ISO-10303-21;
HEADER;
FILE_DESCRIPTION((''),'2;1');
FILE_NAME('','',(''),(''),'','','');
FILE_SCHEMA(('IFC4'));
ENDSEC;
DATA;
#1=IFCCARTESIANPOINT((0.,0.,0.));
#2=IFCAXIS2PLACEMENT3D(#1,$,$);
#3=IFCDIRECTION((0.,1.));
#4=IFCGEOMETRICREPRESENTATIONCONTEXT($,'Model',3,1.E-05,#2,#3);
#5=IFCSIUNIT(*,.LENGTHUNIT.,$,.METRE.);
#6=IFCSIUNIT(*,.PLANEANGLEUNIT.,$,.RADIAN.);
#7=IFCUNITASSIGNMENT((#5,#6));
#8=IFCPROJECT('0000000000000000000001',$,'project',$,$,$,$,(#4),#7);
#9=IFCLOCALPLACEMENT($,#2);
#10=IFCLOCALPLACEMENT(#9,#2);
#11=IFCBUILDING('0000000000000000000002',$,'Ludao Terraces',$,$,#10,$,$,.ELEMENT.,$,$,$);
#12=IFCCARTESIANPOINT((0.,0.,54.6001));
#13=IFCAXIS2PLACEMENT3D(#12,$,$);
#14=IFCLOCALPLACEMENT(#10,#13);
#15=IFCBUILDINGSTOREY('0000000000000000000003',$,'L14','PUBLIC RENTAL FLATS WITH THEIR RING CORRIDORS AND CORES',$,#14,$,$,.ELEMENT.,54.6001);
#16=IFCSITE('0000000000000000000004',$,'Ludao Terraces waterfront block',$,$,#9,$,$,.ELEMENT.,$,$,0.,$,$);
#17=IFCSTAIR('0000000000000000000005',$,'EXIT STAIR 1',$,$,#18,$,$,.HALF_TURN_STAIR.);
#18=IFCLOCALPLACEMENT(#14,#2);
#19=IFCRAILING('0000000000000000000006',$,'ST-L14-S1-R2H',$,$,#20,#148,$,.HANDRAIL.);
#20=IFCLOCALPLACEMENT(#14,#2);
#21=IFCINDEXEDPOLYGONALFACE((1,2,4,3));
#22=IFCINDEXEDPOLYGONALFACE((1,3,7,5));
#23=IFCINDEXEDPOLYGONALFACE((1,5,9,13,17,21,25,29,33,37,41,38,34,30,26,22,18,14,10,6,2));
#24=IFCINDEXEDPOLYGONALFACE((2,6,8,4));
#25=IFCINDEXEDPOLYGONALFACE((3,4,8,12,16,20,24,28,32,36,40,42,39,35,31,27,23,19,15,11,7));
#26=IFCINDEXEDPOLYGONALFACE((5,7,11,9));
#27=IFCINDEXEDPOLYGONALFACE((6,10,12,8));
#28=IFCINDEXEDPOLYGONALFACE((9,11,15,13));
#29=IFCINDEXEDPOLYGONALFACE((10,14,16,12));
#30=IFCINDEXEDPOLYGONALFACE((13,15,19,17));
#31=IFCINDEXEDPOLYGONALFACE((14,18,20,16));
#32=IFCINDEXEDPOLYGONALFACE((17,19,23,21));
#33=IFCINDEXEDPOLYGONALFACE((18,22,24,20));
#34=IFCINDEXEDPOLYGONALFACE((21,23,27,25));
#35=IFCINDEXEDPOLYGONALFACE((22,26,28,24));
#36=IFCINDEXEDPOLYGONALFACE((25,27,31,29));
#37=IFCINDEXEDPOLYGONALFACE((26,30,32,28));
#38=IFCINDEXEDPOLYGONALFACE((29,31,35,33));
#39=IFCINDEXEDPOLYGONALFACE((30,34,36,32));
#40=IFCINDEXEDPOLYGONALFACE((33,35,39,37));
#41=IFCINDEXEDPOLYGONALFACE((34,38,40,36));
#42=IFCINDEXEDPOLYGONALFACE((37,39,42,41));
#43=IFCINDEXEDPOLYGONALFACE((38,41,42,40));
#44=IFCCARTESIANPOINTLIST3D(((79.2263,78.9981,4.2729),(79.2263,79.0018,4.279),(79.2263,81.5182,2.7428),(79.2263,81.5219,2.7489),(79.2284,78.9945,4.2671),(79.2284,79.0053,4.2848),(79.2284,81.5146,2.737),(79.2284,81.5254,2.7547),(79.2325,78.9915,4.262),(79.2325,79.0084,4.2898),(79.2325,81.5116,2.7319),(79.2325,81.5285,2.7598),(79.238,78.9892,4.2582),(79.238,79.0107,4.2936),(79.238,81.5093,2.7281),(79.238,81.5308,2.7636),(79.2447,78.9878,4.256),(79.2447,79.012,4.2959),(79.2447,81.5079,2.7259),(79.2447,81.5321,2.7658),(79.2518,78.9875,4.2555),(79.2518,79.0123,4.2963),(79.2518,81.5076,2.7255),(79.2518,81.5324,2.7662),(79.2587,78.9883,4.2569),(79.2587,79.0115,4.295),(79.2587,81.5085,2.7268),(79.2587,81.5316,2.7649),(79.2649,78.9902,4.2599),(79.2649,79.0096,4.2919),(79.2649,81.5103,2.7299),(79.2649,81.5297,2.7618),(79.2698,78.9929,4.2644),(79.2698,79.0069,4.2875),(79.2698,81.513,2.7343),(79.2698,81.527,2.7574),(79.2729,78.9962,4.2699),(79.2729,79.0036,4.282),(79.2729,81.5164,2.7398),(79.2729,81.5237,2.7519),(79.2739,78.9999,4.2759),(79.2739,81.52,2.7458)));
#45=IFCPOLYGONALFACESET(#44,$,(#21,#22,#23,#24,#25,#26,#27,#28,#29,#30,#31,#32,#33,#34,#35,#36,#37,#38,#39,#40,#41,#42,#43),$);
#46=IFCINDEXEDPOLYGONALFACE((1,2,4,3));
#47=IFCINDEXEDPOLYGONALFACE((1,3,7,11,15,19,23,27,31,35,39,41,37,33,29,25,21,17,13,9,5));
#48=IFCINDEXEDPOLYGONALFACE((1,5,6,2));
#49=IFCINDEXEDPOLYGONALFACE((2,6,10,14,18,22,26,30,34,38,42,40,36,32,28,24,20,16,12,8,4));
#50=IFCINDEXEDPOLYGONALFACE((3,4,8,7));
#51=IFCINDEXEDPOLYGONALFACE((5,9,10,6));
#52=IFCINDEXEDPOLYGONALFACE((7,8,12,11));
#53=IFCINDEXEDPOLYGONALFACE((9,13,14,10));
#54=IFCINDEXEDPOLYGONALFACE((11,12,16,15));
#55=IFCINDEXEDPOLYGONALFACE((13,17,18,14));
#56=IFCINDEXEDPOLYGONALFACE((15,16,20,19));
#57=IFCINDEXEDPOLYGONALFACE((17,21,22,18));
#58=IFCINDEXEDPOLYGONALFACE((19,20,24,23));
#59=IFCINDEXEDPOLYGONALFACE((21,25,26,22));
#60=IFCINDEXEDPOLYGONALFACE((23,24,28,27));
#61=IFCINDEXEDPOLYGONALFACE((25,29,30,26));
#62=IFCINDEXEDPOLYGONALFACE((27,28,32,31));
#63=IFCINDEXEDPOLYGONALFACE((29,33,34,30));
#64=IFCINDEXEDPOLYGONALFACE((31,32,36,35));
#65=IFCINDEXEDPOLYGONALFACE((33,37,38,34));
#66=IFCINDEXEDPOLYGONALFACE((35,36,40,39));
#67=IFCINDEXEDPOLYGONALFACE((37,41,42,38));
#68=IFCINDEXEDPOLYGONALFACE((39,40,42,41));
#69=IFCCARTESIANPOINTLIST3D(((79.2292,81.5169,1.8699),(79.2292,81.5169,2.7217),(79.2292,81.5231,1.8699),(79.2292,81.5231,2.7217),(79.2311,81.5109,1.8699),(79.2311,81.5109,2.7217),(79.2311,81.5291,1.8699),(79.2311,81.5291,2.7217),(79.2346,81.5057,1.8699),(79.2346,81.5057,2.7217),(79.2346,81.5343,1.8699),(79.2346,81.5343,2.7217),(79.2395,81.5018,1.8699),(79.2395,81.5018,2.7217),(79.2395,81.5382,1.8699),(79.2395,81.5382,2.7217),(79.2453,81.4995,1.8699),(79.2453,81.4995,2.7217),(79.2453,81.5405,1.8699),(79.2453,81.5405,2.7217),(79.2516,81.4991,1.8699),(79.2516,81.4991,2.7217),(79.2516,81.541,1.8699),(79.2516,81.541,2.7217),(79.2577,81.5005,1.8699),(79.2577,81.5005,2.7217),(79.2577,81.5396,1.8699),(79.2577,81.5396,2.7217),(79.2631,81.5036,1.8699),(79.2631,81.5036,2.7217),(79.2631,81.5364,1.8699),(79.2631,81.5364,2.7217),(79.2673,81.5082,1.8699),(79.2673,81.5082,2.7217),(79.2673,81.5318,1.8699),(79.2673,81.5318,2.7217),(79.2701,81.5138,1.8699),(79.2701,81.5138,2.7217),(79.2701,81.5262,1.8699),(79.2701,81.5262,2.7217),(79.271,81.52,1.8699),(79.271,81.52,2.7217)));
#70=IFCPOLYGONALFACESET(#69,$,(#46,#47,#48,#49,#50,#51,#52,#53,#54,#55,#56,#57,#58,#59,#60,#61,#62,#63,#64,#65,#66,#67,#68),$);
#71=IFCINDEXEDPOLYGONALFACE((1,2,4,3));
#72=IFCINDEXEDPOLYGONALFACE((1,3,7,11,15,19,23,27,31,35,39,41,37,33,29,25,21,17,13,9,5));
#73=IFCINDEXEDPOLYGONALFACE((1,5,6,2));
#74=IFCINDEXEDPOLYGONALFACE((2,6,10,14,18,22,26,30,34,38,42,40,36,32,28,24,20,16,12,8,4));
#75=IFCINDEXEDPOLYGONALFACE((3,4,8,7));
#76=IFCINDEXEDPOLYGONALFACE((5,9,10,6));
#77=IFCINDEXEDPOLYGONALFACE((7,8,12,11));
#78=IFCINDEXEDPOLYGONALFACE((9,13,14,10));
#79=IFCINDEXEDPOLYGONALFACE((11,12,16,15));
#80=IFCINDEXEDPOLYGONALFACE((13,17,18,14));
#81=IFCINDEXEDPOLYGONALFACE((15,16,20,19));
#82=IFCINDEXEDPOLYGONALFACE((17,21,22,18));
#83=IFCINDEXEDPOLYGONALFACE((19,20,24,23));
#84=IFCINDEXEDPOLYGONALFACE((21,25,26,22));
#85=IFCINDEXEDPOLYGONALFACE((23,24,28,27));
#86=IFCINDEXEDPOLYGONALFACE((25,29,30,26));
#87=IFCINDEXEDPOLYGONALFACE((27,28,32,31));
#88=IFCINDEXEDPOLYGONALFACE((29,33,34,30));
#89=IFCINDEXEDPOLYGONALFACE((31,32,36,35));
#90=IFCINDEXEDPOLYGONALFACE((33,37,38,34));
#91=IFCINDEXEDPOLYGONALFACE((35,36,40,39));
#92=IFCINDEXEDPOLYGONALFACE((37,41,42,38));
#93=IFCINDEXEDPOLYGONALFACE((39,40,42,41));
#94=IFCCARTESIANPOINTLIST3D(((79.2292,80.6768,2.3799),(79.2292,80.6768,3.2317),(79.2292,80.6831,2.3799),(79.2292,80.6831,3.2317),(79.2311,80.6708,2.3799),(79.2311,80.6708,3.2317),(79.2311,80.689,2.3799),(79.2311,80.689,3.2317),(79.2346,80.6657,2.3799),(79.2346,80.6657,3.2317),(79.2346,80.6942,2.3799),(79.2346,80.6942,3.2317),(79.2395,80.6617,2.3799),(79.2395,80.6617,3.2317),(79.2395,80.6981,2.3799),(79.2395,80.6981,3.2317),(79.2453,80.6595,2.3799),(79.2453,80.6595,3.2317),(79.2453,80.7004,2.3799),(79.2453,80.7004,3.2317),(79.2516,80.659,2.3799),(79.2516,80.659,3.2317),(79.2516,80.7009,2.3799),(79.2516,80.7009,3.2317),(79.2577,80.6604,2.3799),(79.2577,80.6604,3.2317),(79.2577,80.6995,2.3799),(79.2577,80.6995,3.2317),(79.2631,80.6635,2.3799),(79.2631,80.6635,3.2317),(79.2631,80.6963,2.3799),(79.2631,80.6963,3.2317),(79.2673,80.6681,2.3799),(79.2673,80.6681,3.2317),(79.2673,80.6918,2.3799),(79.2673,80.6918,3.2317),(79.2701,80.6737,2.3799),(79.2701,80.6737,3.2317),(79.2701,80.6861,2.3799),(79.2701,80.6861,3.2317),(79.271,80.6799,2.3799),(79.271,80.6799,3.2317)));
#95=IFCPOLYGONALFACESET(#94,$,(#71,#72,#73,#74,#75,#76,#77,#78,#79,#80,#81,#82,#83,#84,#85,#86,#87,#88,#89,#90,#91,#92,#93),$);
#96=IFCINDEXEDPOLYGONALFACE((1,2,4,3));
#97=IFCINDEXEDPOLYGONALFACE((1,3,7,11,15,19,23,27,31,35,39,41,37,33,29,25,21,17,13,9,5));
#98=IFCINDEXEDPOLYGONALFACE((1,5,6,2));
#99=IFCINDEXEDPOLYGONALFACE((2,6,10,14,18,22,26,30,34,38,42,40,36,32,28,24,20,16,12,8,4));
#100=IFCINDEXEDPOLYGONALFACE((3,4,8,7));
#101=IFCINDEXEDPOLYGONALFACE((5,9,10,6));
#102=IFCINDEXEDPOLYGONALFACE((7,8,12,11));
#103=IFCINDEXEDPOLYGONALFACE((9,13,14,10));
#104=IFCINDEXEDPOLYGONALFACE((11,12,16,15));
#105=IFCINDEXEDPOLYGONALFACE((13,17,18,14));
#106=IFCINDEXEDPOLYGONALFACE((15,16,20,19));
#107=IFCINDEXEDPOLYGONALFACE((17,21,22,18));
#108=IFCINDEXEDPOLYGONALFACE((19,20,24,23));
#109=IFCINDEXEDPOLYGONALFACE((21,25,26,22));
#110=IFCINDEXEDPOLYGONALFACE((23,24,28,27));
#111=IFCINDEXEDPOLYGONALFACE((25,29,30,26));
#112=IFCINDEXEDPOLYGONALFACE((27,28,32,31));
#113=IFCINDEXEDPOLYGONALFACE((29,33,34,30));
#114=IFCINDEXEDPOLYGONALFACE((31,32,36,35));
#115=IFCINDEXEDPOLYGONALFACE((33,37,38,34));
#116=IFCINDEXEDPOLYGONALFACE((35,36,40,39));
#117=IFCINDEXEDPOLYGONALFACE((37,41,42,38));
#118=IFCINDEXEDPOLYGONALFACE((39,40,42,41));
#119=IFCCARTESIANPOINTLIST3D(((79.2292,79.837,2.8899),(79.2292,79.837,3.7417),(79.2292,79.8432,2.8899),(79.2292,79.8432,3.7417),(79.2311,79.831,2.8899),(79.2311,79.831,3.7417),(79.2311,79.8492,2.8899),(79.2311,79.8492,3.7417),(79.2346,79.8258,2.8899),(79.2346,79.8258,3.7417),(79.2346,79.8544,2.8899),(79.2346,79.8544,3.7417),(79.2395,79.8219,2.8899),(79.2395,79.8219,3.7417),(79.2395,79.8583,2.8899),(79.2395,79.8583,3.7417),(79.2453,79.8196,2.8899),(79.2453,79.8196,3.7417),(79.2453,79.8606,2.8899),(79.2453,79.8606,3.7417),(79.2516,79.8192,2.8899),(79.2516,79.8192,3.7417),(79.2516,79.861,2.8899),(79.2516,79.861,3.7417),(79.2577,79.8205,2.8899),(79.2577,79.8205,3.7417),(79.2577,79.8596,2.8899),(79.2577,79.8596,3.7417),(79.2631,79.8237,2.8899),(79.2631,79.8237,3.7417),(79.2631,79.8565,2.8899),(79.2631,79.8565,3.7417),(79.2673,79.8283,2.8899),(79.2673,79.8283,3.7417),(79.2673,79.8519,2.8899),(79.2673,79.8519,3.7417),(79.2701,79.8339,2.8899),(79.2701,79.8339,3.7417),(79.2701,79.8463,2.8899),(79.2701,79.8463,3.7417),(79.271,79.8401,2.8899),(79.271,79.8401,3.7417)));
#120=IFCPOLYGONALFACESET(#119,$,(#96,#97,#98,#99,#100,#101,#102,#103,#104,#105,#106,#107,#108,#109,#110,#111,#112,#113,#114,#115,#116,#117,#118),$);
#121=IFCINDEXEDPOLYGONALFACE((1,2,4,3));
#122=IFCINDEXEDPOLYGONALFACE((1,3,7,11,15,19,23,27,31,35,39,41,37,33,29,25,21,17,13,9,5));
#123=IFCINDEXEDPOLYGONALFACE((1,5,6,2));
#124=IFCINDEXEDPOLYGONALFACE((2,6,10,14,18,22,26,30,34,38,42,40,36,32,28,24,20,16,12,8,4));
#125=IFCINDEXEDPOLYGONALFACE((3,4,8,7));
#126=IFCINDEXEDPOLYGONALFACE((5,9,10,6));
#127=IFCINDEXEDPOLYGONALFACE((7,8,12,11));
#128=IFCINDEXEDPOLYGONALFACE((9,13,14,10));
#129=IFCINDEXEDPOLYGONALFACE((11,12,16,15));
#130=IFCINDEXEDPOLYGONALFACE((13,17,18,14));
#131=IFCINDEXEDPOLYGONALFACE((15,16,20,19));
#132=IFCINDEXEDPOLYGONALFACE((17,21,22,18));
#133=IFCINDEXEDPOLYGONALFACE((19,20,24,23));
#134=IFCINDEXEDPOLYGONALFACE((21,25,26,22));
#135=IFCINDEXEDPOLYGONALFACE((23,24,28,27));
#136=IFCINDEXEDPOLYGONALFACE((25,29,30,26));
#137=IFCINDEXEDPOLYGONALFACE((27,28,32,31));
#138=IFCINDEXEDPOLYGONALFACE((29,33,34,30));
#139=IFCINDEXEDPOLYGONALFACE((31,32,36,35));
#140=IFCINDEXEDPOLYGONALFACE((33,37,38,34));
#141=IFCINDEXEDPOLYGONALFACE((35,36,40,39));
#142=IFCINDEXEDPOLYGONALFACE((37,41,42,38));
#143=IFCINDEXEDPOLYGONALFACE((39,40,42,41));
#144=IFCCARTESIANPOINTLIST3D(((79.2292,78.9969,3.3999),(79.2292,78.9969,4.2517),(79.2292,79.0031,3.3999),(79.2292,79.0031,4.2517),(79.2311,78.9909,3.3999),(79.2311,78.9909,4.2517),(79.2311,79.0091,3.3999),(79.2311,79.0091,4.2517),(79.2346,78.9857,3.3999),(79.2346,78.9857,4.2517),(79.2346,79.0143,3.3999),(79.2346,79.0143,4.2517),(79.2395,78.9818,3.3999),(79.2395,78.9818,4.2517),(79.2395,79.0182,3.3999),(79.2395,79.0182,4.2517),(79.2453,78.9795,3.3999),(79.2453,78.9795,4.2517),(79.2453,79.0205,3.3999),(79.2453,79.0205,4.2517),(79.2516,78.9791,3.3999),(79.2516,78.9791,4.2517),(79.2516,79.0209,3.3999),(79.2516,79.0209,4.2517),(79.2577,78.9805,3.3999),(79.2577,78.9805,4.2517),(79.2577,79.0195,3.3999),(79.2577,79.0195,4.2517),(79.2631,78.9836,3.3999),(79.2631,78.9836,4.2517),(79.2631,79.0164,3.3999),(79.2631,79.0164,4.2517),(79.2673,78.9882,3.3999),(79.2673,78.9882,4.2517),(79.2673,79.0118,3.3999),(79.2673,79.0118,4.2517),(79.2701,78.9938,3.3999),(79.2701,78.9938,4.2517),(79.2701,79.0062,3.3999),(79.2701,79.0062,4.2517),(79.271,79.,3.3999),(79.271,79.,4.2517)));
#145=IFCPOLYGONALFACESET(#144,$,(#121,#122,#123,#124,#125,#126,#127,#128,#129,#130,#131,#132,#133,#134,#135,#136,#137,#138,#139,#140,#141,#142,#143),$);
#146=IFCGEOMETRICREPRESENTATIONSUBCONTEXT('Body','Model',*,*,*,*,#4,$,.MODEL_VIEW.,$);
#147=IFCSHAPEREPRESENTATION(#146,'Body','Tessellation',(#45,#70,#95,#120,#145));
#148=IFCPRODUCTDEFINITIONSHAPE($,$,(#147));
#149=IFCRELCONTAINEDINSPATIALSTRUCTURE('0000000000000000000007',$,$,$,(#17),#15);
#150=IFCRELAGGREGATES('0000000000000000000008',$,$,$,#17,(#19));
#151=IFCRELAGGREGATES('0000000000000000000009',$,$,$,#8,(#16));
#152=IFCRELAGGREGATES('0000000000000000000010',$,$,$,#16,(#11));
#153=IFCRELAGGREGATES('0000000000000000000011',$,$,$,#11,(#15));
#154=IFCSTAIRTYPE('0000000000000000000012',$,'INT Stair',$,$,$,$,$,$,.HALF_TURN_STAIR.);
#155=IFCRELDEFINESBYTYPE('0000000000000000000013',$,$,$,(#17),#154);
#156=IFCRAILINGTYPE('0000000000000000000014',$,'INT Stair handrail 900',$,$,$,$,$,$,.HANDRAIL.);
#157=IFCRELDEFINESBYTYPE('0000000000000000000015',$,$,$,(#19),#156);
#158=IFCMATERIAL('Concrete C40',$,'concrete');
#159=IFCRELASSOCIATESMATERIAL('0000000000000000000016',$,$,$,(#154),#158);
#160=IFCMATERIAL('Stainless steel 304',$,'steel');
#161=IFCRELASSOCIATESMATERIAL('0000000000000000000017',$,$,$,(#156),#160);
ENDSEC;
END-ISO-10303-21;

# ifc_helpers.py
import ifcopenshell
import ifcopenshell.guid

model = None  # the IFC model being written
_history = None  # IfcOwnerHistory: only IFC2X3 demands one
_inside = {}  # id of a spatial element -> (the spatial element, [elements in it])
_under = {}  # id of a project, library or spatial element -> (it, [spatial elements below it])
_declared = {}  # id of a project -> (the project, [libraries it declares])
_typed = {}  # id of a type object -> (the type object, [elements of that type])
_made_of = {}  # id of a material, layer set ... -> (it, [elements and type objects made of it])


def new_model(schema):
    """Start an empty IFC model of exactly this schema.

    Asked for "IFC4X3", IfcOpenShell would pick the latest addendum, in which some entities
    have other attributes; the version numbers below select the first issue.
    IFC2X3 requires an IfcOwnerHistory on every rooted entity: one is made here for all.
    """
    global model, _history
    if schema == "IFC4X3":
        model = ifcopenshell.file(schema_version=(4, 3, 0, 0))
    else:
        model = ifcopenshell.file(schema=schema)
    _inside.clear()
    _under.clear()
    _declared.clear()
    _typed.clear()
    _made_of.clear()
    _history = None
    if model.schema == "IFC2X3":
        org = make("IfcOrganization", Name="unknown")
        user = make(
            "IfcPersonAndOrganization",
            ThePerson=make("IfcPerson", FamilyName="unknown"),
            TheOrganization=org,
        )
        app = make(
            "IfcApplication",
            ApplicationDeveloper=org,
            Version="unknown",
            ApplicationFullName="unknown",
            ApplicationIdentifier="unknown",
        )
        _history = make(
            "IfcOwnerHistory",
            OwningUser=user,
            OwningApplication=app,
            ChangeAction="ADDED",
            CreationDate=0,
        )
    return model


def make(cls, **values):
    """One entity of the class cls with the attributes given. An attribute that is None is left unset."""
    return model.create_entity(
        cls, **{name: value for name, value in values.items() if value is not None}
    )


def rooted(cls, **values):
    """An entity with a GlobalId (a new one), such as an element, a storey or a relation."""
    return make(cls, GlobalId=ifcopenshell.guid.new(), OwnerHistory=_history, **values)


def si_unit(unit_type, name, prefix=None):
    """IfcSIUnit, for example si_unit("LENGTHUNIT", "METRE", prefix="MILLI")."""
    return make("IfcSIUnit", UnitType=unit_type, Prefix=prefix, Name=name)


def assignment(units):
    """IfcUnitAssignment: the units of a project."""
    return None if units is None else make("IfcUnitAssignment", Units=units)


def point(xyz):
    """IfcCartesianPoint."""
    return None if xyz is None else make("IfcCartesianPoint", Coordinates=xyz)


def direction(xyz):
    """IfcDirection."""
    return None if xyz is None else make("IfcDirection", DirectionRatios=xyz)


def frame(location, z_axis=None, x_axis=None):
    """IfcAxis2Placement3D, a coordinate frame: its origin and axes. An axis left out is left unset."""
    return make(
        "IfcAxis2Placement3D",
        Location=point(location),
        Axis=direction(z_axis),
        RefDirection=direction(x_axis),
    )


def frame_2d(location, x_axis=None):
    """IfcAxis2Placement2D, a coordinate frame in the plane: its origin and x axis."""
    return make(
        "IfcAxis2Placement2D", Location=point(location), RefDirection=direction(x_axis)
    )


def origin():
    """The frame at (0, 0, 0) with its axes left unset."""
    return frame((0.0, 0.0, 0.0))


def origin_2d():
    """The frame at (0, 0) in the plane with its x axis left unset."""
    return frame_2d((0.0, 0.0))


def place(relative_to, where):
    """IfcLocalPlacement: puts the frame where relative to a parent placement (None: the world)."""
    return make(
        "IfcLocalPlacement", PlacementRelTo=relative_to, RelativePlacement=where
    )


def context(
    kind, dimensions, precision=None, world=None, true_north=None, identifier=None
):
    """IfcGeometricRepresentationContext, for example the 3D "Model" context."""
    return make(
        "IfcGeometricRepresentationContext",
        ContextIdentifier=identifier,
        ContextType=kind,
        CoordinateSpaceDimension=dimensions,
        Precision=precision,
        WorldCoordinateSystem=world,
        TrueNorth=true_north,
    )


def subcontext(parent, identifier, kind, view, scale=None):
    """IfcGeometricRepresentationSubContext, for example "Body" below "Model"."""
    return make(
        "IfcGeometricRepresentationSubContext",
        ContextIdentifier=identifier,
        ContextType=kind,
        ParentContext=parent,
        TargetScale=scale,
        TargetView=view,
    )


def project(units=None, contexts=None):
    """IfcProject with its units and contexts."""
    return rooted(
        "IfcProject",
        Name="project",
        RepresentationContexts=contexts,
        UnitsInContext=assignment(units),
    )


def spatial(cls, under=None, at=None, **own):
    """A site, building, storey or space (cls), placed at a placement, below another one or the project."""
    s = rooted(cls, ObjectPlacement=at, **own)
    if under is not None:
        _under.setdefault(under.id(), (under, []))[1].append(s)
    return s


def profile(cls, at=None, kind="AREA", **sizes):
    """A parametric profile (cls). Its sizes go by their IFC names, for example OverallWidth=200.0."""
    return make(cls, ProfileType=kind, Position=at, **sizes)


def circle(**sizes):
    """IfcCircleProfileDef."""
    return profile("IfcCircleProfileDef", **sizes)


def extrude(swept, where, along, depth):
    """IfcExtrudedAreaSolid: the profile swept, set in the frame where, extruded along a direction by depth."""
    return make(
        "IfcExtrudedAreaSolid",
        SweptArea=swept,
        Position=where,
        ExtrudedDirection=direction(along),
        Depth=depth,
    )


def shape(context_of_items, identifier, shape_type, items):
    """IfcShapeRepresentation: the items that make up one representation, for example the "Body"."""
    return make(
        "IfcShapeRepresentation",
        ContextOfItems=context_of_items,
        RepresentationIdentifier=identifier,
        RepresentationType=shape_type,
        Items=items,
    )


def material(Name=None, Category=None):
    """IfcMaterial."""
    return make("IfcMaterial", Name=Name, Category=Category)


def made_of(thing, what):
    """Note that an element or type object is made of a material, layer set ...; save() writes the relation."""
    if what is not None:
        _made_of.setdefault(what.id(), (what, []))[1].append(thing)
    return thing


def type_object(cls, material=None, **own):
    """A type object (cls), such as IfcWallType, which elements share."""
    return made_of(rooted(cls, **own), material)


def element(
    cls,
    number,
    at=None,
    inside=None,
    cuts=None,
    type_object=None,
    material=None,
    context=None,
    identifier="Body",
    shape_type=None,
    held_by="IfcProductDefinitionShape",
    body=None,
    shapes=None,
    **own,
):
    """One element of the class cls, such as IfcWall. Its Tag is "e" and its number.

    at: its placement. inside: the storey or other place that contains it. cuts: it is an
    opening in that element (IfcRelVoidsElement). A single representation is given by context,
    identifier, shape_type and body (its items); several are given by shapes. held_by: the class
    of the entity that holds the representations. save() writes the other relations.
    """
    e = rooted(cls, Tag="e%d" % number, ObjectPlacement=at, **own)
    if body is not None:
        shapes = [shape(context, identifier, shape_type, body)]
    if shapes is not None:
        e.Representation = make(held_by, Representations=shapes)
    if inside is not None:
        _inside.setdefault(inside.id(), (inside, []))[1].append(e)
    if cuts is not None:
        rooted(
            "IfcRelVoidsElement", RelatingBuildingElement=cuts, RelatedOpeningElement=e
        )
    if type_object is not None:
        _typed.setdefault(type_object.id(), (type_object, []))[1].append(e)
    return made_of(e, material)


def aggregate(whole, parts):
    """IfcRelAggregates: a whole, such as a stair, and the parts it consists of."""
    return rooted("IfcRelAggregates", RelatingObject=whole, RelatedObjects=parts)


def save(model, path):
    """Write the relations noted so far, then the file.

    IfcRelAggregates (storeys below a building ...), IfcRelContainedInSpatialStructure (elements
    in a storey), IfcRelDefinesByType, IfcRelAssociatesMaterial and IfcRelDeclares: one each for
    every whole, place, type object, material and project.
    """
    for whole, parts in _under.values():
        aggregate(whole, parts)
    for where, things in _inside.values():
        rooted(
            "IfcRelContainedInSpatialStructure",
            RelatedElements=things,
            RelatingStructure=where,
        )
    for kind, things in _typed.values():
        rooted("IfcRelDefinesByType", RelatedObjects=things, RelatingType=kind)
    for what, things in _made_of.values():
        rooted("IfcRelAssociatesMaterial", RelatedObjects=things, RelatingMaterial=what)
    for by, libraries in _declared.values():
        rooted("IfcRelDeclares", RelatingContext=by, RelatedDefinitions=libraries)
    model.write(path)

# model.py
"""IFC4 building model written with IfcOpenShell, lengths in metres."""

from ifc_helpers import new_model, si_unit, direction, frame, origin, origin_2d, place, context, subcontext, project, spatial, circle, extrude, material, type_object, element, aggregate, save


model = new_model("IFC4")

# Units and contexts
model_context = context("Model", 3, precision=1e-05, world=origin(), true_north=direction((0.0, 1.0)))
body_context = subcontext(model_context, "Body", "Model", "MODEL_VIEW")
ifc_project = project(units=[si_unit("LENGTHUNIT", "METRE"), si_unit("PLANEANGLEUNIT", "RADIAN")], contexts=[model_context])

# Site, building, storey
site_placement = place(None, origin())
site = spatial("IfcSite", under=ifc_project, at=site_placement, Name="Ludao Terraces waterfront block", CompositionType="ELEMENT", RefElevation=0.0)
building_placement = place(site_placement, origin())
building = spatial("IfcBuilding", under=site, at=building_placement, Name="Ludao Terraces", CompositionType="ELEMENT")
storey_placement = place(building_placement, frame((0.0, 0.0, 54.6001)))
storey = spatial("IfcBuildingStorey", under=building, at=storey_placement, Name="L14", Description="PUBLIC RENTAL FLATS WITH THEIR RING CORRIDORS AND CORES", CompositionType="ELEMENT", Elevation=54.6001)

# Shared definitions
ifc_material_1 = material(Name="Concrete C40", Category="concrete")

# Shared definitions
ifc_material_2 = material(Name="Stainless steel 304", Category="steel")

# Stair, railing
stair_type = type_object("IfcStairType", Name="INT Stair", PredefinedType="HALF_TURN_STAIR", material=ifc_material_1)
stair_placement = place(storey_placement, origin())
stair = element("IfcStair", 1, at=stair_placement, inside=storey, type_object=stair_type, Name="EXIT STAIR 1", PredefinedType="HALF_TURN_STAIR")
railing_type_1 = type_object("IfcRailingType", Name="INT Stair handrail 900", PredefinedType="HANDRAIL", material=ifc_material_2)
railing_1_placement = place(storey_placement, frame((79.25, 81.52, 1.8699)))
railing_1 = element("IfcRailing", 2, at=railing_1_placement, type_object=railing_type_1, Name="ST-L14-S1-R2H", PredefinedType="HANDRAIL", context=body_context, shape_type="SweptSolid", body=[
    extrude(circle(Radius=0.0239, at=origin_2d()), frame((0.0, 0.0, 0.876), z_axis=(0.0, -0.854785, 0.518982), x_axis=(1.0, 0.0, 0.0)), (0.0, 0.0, 1.0), 2.9482),
    extrude(circle(Radius=0.021, at=origin_2d()), origin(), (0.0, 0.0, 1.0), 0.8518),
    extrude(circle(Radius=0.021, at=origin_2d()), frame((0.0, -0.8401, 0.51)), (0.0, 0.0, 1.0), 0.8518),
    extrude(circle(Radius=0.021, at=origin_2d()), frame((0.0, -1.6799, 1.02)), (0.0, 0.0, 1.0), 0.8518),
    extrude(circle(Radius=0.021, at=origin_2d()), frame((0.0, -2.52, 1.53)), (0.0, 0.0, 1.0), 0.8518),
])
aggregate(stair, [railing_1])

save(model, "model.ifc")
